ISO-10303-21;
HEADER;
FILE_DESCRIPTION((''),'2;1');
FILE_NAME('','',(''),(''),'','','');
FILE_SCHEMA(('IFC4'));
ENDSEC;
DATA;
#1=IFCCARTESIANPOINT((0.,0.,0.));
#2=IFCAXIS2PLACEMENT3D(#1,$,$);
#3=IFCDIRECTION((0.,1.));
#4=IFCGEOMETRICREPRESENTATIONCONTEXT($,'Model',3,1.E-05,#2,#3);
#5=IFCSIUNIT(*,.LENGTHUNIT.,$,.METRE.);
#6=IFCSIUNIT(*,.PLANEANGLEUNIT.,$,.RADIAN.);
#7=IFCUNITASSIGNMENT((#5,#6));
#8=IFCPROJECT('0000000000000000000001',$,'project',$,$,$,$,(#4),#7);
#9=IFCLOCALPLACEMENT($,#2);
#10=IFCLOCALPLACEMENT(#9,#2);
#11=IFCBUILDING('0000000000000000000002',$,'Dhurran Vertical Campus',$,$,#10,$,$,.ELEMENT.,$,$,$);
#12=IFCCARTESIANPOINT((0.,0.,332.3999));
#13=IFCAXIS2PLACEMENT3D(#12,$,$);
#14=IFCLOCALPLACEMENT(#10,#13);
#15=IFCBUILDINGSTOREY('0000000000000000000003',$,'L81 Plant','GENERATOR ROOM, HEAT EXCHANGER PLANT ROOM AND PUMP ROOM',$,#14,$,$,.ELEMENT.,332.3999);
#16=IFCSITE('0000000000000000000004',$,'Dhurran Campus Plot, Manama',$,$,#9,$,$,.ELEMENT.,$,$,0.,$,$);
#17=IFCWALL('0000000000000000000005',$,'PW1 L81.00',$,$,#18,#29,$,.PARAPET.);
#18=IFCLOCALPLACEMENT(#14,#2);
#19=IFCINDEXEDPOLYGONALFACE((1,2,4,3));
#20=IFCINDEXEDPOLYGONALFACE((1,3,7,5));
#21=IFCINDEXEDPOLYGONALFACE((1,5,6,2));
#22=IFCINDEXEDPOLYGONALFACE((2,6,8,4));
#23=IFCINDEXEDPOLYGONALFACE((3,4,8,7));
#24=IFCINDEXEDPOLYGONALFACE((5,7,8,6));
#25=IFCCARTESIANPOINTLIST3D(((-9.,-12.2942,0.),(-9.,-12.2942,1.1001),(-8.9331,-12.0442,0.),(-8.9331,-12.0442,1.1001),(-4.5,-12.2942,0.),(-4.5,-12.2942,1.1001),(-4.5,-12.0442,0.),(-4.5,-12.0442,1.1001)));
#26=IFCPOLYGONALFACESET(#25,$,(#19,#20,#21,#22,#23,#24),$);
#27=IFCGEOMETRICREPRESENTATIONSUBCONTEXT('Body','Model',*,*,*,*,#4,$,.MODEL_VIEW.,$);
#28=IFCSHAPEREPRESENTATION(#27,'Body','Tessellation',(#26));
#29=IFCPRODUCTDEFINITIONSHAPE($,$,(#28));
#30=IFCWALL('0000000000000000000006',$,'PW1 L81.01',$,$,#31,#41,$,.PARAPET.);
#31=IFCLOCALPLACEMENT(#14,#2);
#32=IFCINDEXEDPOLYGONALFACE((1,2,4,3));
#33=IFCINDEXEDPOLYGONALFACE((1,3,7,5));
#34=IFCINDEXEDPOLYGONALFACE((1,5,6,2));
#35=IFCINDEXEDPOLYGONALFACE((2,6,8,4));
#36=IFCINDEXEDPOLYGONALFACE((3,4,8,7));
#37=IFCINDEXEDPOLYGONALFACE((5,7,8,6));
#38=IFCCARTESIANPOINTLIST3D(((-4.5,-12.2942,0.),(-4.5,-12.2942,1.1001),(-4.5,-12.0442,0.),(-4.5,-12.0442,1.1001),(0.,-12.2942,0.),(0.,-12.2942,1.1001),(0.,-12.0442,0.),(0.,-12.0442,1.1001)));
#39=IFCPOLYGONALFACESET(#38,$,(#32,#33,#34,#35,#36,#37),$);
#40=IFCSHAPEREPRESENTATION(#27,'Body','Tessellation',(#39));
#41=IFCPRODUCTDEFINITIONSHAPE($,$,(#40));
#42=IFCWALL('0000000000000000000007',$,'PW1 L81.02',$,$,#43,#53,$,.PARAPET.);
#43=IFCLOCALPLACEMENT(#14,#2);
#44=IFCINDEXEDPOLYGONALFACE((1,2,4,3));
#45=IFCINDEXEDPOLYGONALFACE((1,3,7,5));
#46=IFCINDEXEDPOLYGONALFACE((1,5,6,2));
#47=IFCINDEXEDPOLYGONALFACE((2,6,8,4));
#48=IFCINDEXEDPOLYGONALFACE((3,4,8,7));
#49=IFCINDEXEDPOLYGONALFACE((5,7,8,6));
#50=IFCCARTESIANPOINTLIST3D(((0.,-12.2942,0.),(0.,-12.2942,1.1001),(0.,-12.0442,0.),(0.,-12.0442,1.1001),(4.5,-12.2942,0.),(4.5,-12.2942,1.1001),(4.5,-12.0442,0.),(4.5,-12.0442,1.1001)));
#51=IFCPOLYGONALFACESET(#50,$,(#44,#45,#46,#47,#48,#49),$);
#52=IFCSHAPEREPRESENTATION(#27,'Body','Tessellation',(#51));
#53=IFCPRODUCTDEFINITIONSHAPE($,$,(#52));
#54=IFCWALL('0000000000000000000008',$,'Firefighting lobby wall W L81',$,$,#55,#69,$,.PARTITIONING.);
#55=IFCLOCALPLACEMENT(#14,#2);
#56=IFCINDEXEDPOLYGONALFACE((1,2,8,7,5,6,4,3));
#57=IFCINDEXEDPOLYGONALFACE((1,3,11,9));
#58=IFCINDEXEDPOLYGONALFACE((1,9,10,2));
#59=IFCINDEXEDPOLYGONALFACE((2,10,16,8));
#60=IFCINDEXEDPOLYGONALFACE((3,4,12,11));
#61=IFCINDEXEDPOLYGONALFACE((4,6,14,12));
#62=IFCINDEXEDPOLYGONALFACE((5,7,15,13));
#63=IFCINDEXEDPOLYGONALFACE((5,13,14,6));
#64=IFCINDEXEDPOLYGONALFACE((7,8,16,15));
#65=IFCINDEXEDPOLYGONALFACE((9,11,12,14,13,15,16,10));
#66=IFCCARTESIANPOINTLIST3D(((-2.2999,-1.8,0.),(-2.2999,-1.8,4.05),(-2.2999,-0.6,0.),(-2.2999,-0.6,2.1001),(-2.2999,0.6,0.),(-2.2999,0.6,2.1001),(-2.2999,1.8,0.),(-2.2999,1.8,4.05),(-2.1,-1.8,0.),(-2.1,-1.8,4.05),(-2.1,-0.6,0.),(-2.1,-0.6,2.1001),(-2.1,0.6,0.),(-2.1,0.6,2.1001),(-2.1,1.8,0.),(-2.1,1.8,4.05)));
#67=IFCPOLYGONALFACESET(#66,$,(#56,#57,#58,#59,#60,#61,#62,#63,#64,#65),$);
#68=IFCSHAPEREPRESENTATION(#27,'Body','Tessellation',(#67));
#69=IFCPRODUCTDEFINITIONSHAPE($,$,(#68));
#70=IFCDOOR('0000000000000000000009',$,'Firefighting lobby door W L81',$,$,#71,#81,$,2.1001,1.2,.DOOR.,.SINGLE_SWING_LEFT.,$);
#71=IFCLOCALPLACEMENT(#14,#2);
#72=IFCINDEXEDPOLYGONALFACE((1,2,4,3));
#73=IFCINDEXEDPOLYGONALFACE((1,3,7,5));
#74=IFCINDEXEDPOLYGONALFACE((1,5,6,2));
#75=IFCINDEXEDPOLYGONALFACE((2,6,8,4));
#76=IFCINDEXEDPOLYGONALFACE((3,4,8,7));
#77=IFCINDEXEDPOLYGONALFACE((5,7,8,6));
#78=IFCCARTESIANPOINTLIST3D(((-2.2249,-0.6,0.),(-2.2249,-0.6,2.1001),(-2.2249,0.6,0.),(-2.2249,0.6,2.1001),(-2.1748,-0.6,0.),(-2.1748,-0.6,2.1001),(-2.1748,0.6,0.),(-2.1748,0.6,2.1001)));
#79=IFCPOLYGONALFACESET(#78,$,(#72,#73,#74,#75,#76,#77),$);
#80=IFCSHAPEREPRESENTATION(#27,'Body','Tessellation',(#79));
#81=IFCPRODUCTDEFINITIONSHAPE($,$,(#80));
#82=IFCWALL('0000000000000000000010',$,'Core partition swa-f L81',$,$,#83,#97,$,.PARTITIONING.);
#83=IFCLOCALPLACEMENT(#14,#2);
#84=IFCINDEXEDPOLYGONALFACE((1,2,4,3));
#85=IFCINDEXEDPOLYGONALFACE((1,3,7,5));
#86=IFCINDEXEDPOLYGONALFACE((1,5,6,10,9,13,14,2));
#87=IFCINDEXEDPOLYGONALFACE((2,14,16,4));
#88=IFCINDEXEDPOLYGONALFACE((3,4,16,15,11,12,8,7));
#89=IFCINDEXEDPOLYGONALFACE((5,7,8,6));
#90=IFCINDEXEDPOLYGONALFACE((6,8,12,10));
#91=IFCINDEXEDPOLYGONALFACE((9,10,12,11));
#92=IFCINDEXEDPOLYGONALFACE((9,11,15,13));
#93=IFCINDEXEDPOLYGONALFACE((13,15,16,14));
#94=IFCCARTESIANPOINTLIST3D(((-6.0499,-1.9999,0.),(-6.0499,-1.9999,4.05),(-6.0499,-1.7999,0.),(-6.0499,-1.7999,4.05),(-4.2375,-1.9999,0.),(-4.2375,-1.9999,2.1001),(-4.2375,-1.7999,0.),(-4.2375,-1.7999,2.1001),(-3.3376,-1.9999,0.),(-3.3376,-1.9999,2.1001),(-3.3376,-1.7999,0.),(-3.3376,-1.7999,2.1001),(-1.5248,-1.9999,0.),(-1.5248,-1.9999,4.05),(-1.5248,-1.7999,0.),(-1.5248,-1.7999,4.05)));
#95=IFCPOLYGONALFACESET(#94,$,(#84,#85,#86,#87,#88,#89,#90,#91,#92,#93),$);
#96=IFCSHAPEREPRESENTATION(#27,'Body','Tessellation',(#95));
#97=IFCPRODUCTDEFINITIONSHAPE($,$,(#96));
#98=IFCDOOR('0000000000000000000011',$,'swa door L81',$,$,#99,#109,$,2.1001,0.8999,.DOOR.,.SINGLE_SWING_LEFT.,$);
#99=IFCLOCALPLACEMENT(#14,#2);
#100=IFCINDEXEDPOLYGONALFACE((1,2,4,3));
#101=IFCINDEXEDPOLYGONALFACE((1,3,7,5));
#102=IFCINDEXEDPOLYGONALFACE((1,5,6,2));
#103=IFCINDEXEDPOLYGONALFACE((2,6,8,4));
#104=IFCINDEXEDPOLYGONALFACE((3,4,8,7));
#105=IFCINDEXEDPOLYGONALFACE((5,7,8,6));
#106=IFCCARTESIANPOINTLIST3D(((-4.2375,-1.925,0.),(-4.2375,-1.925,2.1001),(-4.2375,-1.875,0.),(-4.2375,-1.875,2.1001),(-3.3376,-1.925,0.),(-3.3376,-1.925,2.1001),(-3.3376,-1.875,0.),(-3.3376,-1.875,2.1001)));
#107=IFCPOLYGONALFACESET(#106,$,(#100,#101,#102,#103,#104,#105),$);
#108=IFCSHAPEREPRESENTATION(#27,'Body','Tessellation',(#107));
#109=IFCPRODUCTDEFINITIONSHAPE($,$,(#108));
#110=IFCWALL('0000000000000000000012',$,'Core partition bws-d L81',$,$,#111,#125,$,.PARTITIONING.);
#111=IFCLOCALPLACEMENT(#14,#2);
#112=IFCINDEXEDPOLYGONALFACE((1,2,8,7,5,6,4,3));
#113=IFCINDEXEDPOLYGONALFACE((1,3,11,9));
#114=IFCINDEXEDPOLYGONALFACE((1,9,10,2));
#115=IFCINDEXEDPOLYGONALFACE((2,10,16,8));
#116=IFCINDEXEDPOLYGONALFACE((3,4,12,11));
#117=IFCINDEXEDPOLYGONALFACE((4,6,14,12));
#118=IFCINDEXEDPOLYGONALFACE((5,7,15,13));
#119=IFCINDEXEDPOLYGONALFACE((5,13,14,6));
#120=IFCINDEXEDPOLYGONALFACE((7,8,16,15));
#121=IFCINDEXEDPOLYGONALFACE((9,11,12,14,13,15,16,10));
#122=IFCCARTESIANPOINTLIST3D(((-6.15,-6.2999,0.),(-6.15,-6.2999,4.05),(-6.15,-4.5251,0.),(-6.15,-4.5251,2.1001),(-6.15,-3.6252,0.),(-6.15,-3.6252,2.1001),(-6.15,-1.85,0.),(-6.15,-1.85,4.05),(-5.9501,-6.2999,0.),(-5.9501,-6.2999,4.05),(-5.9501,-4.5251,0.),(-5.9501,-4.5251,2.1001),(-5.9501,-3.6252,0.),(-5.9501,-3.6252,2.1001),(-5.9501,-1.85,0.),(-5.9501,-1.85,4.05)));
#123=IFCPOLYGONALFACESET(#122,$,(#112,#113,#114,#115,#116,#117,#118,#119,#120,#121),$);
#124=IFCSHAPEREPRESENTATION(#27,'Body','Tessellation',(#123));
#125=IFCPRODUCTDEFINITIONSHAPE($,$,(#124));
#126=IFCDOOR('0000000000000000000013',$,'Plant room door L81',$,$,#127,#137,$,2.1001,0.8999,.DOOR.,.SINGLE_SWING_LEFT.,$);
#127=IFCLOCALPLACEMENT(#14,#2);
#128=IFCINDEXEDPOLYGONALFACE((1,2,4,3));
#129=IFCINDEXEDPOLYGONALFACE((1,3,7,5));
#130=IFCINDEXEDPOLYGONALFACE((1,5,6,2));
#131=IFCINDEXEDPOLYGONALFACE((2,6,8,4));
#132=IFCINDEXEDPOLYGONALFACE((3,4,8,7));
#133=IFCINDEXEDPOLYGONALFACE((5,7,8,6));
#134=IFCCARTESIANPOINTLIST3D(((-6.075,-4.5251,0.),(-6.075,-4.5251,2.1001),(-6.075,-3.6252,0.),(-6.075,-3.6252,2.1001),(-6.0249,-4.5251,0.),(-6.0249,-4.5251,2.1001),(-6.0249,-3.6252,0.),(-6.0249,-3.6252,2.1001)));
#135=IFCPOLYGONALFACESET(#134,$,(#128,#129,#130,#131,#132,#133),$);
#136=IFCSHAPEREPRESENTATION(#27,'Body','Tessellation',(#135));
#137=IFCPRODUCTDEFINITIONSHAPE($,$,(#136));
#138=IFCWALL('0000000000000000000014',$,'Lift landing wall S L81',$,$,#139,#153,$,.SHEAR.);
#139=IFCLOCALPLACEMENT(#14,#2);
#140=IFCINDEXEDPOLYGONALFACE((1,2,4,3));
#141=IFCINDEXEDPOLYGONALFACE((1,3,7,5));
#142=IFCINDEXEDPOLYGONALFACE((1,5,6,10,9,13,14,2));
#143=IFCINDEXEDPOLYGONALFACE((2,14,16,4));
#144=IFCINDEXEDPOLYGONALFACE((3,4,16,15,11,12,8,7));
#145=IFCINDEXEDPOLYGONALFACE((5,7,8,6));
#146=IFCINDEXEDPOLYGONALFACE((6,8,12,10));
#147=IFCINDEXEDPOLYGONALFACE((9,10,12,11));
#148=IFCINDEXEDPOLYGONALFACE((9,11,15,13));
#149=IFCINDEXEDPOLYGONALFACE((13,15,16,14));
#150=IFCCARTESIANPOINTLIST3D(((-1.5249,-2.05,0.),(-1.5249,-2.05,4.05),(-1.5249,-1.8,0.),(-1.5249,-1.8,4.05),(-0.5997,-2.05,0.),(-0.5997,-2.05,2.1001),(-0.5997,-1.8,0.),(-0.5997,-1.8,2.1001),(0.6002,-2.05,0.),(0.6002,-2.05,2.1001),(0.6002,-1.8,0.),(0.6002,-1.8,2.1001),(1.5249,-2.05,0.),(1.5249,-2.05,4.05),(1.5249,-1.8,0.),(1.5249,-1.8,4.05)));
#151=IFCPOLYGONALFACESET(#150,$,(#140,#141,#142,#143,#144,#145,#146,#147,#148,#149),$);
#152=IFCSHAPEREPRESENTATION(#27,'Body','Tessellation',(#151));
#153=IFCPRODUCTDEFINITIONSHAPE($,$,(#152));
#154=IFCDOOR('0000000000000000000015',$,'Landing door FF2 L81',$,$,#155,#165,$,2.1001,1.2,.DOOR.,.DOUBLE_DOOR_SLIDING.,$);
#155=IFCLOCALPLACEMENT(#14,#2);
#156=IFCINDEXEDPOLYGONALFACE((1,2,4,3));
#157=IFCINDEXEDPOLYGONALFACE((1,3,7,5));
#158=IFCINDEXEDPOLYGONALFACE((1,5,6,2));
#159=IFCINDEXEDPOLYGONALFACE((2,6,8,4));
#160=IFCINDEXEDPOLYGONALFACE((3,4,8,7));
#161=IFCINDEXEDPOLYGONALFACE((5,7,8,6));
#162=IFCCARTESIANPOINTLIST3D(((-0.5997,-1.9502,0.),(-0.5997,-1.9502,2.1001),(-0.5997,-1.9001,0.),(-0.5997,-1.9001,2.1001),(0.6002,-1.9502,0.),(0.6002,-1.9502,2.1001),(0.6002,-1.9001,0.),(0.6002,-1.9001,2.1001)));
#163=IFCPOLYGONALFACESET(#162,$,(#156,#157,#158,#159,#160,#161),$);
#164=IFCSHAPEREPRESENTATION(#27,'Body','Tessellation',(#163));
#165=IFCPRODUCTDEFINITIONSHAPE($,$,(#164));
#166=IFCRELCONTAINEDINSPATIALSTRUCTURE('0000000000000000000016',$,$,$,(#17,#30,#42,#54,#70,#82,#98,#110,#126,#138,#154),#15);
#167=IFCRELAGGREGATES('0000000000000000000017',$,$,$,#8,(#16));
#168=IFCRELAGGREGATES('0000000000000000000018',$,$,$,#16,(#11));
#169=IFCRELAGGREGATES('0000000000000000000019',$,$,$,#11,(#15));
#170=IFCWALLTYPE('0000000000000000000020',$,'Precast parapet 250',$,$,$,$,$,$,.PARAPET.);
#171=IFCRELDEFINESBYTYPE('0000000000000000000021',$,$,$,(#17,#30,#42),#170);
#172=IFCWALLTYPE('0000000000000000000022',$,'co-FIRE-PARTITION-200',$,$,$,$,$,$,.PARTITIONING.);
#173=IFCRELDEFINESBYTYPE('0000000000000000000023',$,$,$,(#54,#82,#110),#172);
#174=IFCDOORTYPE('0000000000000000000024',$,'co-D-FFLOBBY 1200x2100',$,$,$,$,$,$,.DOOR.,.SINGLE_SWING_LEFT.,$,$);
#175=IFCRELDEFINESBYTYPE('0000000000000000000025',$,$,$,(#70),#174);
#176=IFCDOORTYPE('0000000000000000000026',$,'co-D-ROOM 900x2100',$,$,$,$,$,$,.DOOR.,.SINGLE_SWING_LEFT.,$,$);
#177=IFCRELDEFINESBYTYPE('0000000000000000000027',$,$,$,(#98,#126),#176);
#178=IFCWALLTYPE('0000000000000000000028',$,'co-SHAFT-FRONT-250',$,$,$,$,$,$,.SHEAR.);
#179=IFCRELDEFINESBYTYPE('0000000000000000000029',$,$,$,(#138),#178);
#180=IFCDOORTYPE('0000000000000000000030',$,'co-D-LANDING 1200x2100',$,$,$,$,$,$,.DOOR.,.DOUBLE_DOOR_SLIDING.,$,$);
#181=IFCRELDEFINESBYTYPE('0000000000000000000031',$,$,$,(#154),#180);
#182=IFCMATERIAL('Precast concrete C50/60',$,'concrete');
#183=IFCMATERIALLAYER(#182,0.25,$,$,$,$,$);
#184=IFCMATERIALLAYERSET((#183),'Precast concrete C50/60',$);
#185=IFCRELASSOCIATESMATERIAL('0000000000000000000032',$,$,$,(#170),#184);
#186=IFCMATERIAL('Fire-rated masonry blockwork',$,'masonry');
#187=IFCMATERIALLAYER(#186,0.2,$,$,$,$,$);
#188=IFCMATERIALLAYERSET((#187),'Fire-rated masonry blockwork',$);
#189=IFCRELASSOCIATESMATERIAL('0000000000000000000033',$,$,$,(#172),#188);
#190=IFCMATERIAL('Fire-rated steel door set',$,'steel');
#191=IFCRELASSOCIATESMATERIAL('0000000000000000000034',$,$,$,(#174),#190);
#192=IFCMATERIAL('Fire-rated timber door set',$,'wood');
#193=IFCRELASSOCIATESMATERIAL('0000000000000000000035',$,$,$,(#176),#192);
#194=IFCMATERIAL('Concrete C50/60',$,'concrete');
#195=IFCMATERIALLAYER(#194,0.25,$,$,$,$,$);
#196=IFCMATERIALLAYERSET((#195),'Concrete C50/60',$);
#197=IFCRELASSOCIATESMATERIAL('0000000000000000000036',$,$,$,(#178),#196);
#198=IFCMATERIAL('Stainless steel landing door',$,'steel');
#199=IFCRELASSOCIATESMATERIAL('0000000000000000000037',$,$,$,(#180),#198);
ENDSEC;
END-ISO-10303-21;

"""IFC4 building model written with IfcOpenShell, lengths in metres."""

from ifc_helpers import new_model, si_unit, direction, frame, frame_2d, origin, place, context, subcontext, project, spatial, polyline, rectangle, outline, extrude, material, layer, layer_set, type_object, element, fill, save


model = new_model("IFC4")

# Units and contexts
model_context = context("Model", 3, precision=1e-05, world=origin(), true_north=direction((0.0, 1.0)))
body_context = subcontext(model_context, "Body", "Model", "MODEL_VIEW")
ifc_project = project(units=[si_unit("LENGTHUNIT", "METRE"), si_unit("PLANEANGLEUNIT", "RADIAN")], contexts=[model_context])

# Site, building, storey
site_placement = place(None, origin())
site = spatial("IfcSite", under=ifc_project, at=site_placement, Name="Dhurran Campus Plot, Manama", CompositionType="ELEMENT", RefElevation=0.0)
building_placement = place(site_placement, origin())
building = spatial("IfcBuilding", under=site, at=building_placement, Name="Dhurran Vertical Campus", CompositionType="ELEMENT")
storey_placement = place(building_placement, frame((0.0, 0.0, 332.3999)))
storey = spatial("IfcBuildingStorey", under=building, at=storey_placement, Name="L81 Plant", Description="GENERATOR ROOM, HEAT EXCHANGER PLANT ROOM AND PUMP ROOM", CompositionType="ELEMENT", Elevation=332.3999)

# Walls
ifc_material_1 = material(Name="Precast concrete C50/60", Category="concrete")
ifc_layer_1 = layer(ifc_material_1, 0.25)
ifc_layer_set_1 = layer_set([ifc_layer_1], Name="Precast concrete C50/60")
wall_type_1 = type_object("IfcWallType", Name="Precast parapet 250", PredefinedType="PARAPET", material=ifc_layer_set_1)
wall_1_placement = place(storey_placement, origin())
element("IfcWall", 1, at=wall_1_placement, inside=storey, type_object=wall_type_1, Name="PW1 L81.00", PredefinedType="PARAPET", context=body_context, shape_type="SweptSolid", body=[
    extrude(outline(polyline([(-9.0, -12.2942), (-4.5, -12.2942), (-4.5, -12.0442), (-8.9331, -12.0442), (-9.0, -12.2942)])), origin(), (0.0, 0.0, 1.0), 1.1001),
])
wall_2_placement = place(storey_placement, origin())
element("IfcWall", 2, at=wall_2_placement, inside=storey, type_object=wall_type_1, Name="PW1 L81.01", PredefinedType="PARAPET", context=body_context, shape_type="SweptSolid", body=[
    extrude(outline(polyline([(-4.5, -12.2942), (0.0, -12.2942), (0.0, -12.0442), (-4.5, -12.0442), (-4.5, -12.2942)])), origin(), (0.0, 0.0, 1.0), 1.1001),
])
wall_3_placement = place(storey_placement, origin())
element("IfcWall", 3, at=wall_3_placement, inside=storey, type_object=wall_type_1, Name="PW1 L81.02", PredefinedType="PARAPET", context=body_context, shape_type="SweptSolid", body=[
    extrude(outline(polyline([(0.0, -12.2942), (4.5, -12.2942), (4.5, -12.0442), (0.0, -12.0442), (0.0, -12.2942)])), origin(), (0.0, 0.0, 1.0), 1.1001),
])

# Walls, openings, doors
ifc_material_2 = material(Name="Fire-rated masonry blockwork", Category="masonry")
ifc_layer_2 = layer(ifc_material_2, 0.2)
ifc_layer_set_2 = layer_set([ifc_layer_2], Name="Fire-rated masonry blockwork")
wall_type_2 = type_object("IfcWallType", Name="co-FIRE-PARTITION-200", PredefinedType="PARTITIONING", material=ifc_layer_set_2)
wall_4_placement = place(storey_placement, frame((-2.2, -1.8, 0.0), z_axis=(0.0, 0.0, 1.0), x_axis=(0.0, 1.0, 0.0)))
wall_4 = element("IfcWall", 4, at=wall_4_placement, inside=storey, type_object=wall_type_2, Name="Firefighting lobby wall W L81", PredefinedType="PARTITIONING", context=body_context, shape_type="SweptSolid", body=[
    extrude(rectangle(XDim=3.6001, YDim=0.2, at=frame_2d((1.8, 0.0))), origin(), (0.0, 0.0, 1.0), 4.05),
])
opening_1_placement = place(wall_4_placement, frame((1.2, 0.0, 0.0)))
opening_1 = element("IfcOpeningElement", 5, at=opening_1_placement, cuts=wall_4, PredefinedType="OPENING", context=body_context, shape_type="SweptSolid", body=[
    extrude(rectangle(XDim=1.2, YDim=2.1001, at=frame_2d((0.6001, 1.05))), frame((0.0, 0.1099, 0.0), z_axis=(0.0, -1.0, 0.0), x_axis=(1.0, 0.0, 0.0)), (0.0, 0.0, 1.0), 0.22),
])
ifc_material_3 = material(Name="Fire-rated steel door set", Category="steel")
door_type_1 = type_object("IfcDoorType", Name="co-D-FFLOBBY 1200x2100", OperationType="SINGLE_SWING_LEFT", PredefinedType="DOOR", material=ifc_material_3)
door_1_placement = place(opening_1_placement, origin())
door_1 = element("IfcDoor", 6, at=door_1_placement, inside=storey, type_object=door_type_1, Name="Firefighting lobby door W L81", OperationType="SINGLE_SWING_LEFT", OverallHeight=2.1001, OverallWidth=1.2, PredefinedType="DOOR", context=body_context, shape_type="SweptSolid", body=[
    extrude(rectangle(XDim=1.2, YDim=2.1001, at=frame_2d((0.6001, 1.05))), frame((0.0, 0.0249, 0.0), z_axis=(0.0, -1.0, 0.0), x_axis=(1.0, 0.0, 0.0)), (0.0, 0.0, 1.0), 0.05),
])
fill(opening_1, door_1)
wall_5_placement = place(storey_placement, frame((-6.05, -1.8999, 0.0), z_axis=(0.0, 0.0, 1.0), x_axis=(1.0, 0.0, 0.0)))
wall_5 = element("IfcWall", 7, at=wall_5_placement, inside=storey, type_object=wall_type_2, Name="Core partition swa-f L81", PredefinedType="PARTITIONING", context=body_context, shape_type="SweptSolid", body=[
    extrude(rectangle(XDim=4.5251, YDim=0.2, at=frame_2d((2.2627, 0.0))), origin(), (0.0, 0.0, 1.0), 4.05),
])
opening_2_placement = place(wall_5_placement, frame((1.8125, 0.0, 0.0)))
opening_2 = element("IfcOpeningElement", 8, at=opening_2_placement, cuts=wall_5, PredefinedType="OPENING", context=body_context, shape_type="SweptSolid", body=[
    extrude(rectangle(XDim=0.8999, YDim=2.1001, at=frame_2d((0.45, 1.05))), frame((0.0, 0.1099, 0.0), z_axis=(0.0, -1.0, 0.0), x_axis=(1.0, 0.0, 0.0)), (0.0, 0.0, 1.0), 0.22),
])
ifc_material_4 = material(Name="Fire-rated timber door set", Category="wood")
door_type_2 = type_object("IfcDoorType", Name="co-D-ROOM 900x2100", OperationType="SINGLE_SWING_LEFT", PredefinedType="DOOR", material=ifc_material_4)
door_2_placement = place(opening_2_placement, origin())
door_2 = element("IfcDoor", 9, at=door_2_placement, inside=storey, type_object=door_type_2, Name="swa door L81", OperationType="SINGLE_SWING_LEFT", OverallHeight=2.1001, OverallWidth=0.8999, PredefinedType="DOOR", context=body_context, shape_type="SweptSolid", body=[
    extrude(rectangle(XDim=0.8999, YDim=2.1001, at=frame_2d((0.45, 1.05))), frame((0.0, 0.0249, 0.0), z_axis=(0.0, -1.0, 0.0), x_axis=(1.0, 0.0, 0.0)), (0.0, 0.0, 1.0), 0.05),
])
fill(opening_2, door_2)
wall_6_placement = place(storey_placement, frame((-6.05, -6.3, 0.0), z_axis=(0.0, 0.0, 1.0), x_axis=(0.0, 1.0, 0.0)))
wall_6 = element("IfcWall", 10, at=wall_6_placement, inside=storey, type_object=wall_type_2, Name="Core partition bws-d L81", PredefinedType="PARTITIONING", context=body_context, shape_type="SweptSolid", body=[
    extrude(rectangle(XDim=4.45, YDim=0.2, at=frame_2d((2.2251, 0.0))), origin(), (0.0, 0.0, 1.0), 4.05),
])
opening_3_placement = place(wall_6_placement, frame((1.7749, 0.0, 0.0)))
opening_3 = element("IfcOpeningElement", 11, at=opening_3_placement, cuts=wall_6, PredefinedType="OPENING", context=body_context, shape_type="SweptSolid", body=[
    extrude(rectangle(XDim=0.8999, YDim=2.1001, at=frame_2d((0.45, 1.05))), frame((0.0, 0.1099, 0.0), z_axis=(0.0, -1.0, 0.0), x_axis=(1.0, 0.0, 0.0)), (0.0, 0.0, 1.0), 0.22),
])
door_3_placement = place(opening_3_placement, origin())
door_3 = element("IfcDoor", 12, at=door_3_placement, inside=storey, type_object=door_type_2, Name="Plant room door L81", OperationType="SINGLE_SWING_LEFT", OverallHeight=2.1001, OverallWidth=0.8999, PredefinedType="DOOR", context=body_context, shape_type="SweptSolid", body=[
    extrude(rectangle(XDim=0.8999, YDim=2.1001, at=frame_2d((0.45, 1.05))), frame((0.0, 0.0249, 0.0), z_axis=(0.0, -1.0, 0.0), x_axis=(1.0, 0.0, 0.0)), (0.0, 0.0, 1.0), 0.05),
])
fill(opening_3, door_3)
ifc_material_5 = material(Name="Concrete C50/60", Category="concrete")
ifc_layer_3 = layer(ifc_material_5, 0.25)
ifc_layer_set_3 = layer_set([ifc_layer_3], Name="Concrete C50/60")
wall_type_3 = type_object("IfcWallType", Name="co-SHAFT-FRONT-250", PredefinedType="SHEAR", material=ifc_layer_set_3)
wall_7_placement = place(storey_placement, frame((-1.5249, -1.925, 0.0), z_axis=(0.0, 0.0, 1.0), x_axis=(1.0, 0.0, 0.0)))
wall_7 = element("IfcWall", 13, at=wall_7_placement, inside=storey, type_object=wall_type_3, Name="Lift landing wall S L81", PredefinedType="SHEAR", context=body_context, shape_type="SweptSolid", body=[
    extrude(rectangle(XDim=3.0498, YDim=0.25, at=frame_2d((1.5249, 0.0))), origin(), (0.0, 0.0, 1.0), 4.05),
])
opening_4_placement = place(wall_7_placement, frame((0.925, 0.0, 0.0)))
opening_4 = element("IfcOpeningElement", 14, at=opening_4_placement, cuts=wall_7, PredefinedType="OPENING", context=body_context, shape_type="SweptSolid", body=[
    extrude(rectangle(XDim=1.2, YDim=2.1001, at=frame_2d((0.6001, 1.05))), frame((0.0, 0.135, 0.0), z_axis=(0.0, -1.0, 0.0), x_axis=(1.0, 0.0, 0.0)), (0.0, 0.0, 1.0), 0.27),
])
ifc_material_6 = material(Name="Stainless steel landing door", Category="steel")
door_type_3 = type_object("IfcDoorType", Name="co-D-LANDING 1200x2100", OperationType="DOUBLE_DOOR_SLIDING", PredefinedType="DOOR", material=ifc_material_6)
door_4_placement = place(opening_4_placement, origin())
door_4 = element("IfcDoor", 15, at=door_4_placement, inside=storey, type_object=door_type_3, Name="Landing door FF2 L81", OperationType="DOUBLE_DOOR_SLIDING", OverallHeight=2.1001, OverallWidth=1.2, PredefinedType="DOOR", context=body_context, shape_type="SweptSolid", body=[
    extrude(rectangle(XDim=1.2, YDim=2.1001, at=frame_2d((0.6001, 1.05))), frame((0.0, 0.0249, 0.0), z_axis=(0.0, -1.0, 0.0), x_axis=(1.0, 0.0, 0.0)), (0.0, 0.0, 1.0), 0.05),
])
fill(opening_4, door_4)

save(model, "model.ifc")
